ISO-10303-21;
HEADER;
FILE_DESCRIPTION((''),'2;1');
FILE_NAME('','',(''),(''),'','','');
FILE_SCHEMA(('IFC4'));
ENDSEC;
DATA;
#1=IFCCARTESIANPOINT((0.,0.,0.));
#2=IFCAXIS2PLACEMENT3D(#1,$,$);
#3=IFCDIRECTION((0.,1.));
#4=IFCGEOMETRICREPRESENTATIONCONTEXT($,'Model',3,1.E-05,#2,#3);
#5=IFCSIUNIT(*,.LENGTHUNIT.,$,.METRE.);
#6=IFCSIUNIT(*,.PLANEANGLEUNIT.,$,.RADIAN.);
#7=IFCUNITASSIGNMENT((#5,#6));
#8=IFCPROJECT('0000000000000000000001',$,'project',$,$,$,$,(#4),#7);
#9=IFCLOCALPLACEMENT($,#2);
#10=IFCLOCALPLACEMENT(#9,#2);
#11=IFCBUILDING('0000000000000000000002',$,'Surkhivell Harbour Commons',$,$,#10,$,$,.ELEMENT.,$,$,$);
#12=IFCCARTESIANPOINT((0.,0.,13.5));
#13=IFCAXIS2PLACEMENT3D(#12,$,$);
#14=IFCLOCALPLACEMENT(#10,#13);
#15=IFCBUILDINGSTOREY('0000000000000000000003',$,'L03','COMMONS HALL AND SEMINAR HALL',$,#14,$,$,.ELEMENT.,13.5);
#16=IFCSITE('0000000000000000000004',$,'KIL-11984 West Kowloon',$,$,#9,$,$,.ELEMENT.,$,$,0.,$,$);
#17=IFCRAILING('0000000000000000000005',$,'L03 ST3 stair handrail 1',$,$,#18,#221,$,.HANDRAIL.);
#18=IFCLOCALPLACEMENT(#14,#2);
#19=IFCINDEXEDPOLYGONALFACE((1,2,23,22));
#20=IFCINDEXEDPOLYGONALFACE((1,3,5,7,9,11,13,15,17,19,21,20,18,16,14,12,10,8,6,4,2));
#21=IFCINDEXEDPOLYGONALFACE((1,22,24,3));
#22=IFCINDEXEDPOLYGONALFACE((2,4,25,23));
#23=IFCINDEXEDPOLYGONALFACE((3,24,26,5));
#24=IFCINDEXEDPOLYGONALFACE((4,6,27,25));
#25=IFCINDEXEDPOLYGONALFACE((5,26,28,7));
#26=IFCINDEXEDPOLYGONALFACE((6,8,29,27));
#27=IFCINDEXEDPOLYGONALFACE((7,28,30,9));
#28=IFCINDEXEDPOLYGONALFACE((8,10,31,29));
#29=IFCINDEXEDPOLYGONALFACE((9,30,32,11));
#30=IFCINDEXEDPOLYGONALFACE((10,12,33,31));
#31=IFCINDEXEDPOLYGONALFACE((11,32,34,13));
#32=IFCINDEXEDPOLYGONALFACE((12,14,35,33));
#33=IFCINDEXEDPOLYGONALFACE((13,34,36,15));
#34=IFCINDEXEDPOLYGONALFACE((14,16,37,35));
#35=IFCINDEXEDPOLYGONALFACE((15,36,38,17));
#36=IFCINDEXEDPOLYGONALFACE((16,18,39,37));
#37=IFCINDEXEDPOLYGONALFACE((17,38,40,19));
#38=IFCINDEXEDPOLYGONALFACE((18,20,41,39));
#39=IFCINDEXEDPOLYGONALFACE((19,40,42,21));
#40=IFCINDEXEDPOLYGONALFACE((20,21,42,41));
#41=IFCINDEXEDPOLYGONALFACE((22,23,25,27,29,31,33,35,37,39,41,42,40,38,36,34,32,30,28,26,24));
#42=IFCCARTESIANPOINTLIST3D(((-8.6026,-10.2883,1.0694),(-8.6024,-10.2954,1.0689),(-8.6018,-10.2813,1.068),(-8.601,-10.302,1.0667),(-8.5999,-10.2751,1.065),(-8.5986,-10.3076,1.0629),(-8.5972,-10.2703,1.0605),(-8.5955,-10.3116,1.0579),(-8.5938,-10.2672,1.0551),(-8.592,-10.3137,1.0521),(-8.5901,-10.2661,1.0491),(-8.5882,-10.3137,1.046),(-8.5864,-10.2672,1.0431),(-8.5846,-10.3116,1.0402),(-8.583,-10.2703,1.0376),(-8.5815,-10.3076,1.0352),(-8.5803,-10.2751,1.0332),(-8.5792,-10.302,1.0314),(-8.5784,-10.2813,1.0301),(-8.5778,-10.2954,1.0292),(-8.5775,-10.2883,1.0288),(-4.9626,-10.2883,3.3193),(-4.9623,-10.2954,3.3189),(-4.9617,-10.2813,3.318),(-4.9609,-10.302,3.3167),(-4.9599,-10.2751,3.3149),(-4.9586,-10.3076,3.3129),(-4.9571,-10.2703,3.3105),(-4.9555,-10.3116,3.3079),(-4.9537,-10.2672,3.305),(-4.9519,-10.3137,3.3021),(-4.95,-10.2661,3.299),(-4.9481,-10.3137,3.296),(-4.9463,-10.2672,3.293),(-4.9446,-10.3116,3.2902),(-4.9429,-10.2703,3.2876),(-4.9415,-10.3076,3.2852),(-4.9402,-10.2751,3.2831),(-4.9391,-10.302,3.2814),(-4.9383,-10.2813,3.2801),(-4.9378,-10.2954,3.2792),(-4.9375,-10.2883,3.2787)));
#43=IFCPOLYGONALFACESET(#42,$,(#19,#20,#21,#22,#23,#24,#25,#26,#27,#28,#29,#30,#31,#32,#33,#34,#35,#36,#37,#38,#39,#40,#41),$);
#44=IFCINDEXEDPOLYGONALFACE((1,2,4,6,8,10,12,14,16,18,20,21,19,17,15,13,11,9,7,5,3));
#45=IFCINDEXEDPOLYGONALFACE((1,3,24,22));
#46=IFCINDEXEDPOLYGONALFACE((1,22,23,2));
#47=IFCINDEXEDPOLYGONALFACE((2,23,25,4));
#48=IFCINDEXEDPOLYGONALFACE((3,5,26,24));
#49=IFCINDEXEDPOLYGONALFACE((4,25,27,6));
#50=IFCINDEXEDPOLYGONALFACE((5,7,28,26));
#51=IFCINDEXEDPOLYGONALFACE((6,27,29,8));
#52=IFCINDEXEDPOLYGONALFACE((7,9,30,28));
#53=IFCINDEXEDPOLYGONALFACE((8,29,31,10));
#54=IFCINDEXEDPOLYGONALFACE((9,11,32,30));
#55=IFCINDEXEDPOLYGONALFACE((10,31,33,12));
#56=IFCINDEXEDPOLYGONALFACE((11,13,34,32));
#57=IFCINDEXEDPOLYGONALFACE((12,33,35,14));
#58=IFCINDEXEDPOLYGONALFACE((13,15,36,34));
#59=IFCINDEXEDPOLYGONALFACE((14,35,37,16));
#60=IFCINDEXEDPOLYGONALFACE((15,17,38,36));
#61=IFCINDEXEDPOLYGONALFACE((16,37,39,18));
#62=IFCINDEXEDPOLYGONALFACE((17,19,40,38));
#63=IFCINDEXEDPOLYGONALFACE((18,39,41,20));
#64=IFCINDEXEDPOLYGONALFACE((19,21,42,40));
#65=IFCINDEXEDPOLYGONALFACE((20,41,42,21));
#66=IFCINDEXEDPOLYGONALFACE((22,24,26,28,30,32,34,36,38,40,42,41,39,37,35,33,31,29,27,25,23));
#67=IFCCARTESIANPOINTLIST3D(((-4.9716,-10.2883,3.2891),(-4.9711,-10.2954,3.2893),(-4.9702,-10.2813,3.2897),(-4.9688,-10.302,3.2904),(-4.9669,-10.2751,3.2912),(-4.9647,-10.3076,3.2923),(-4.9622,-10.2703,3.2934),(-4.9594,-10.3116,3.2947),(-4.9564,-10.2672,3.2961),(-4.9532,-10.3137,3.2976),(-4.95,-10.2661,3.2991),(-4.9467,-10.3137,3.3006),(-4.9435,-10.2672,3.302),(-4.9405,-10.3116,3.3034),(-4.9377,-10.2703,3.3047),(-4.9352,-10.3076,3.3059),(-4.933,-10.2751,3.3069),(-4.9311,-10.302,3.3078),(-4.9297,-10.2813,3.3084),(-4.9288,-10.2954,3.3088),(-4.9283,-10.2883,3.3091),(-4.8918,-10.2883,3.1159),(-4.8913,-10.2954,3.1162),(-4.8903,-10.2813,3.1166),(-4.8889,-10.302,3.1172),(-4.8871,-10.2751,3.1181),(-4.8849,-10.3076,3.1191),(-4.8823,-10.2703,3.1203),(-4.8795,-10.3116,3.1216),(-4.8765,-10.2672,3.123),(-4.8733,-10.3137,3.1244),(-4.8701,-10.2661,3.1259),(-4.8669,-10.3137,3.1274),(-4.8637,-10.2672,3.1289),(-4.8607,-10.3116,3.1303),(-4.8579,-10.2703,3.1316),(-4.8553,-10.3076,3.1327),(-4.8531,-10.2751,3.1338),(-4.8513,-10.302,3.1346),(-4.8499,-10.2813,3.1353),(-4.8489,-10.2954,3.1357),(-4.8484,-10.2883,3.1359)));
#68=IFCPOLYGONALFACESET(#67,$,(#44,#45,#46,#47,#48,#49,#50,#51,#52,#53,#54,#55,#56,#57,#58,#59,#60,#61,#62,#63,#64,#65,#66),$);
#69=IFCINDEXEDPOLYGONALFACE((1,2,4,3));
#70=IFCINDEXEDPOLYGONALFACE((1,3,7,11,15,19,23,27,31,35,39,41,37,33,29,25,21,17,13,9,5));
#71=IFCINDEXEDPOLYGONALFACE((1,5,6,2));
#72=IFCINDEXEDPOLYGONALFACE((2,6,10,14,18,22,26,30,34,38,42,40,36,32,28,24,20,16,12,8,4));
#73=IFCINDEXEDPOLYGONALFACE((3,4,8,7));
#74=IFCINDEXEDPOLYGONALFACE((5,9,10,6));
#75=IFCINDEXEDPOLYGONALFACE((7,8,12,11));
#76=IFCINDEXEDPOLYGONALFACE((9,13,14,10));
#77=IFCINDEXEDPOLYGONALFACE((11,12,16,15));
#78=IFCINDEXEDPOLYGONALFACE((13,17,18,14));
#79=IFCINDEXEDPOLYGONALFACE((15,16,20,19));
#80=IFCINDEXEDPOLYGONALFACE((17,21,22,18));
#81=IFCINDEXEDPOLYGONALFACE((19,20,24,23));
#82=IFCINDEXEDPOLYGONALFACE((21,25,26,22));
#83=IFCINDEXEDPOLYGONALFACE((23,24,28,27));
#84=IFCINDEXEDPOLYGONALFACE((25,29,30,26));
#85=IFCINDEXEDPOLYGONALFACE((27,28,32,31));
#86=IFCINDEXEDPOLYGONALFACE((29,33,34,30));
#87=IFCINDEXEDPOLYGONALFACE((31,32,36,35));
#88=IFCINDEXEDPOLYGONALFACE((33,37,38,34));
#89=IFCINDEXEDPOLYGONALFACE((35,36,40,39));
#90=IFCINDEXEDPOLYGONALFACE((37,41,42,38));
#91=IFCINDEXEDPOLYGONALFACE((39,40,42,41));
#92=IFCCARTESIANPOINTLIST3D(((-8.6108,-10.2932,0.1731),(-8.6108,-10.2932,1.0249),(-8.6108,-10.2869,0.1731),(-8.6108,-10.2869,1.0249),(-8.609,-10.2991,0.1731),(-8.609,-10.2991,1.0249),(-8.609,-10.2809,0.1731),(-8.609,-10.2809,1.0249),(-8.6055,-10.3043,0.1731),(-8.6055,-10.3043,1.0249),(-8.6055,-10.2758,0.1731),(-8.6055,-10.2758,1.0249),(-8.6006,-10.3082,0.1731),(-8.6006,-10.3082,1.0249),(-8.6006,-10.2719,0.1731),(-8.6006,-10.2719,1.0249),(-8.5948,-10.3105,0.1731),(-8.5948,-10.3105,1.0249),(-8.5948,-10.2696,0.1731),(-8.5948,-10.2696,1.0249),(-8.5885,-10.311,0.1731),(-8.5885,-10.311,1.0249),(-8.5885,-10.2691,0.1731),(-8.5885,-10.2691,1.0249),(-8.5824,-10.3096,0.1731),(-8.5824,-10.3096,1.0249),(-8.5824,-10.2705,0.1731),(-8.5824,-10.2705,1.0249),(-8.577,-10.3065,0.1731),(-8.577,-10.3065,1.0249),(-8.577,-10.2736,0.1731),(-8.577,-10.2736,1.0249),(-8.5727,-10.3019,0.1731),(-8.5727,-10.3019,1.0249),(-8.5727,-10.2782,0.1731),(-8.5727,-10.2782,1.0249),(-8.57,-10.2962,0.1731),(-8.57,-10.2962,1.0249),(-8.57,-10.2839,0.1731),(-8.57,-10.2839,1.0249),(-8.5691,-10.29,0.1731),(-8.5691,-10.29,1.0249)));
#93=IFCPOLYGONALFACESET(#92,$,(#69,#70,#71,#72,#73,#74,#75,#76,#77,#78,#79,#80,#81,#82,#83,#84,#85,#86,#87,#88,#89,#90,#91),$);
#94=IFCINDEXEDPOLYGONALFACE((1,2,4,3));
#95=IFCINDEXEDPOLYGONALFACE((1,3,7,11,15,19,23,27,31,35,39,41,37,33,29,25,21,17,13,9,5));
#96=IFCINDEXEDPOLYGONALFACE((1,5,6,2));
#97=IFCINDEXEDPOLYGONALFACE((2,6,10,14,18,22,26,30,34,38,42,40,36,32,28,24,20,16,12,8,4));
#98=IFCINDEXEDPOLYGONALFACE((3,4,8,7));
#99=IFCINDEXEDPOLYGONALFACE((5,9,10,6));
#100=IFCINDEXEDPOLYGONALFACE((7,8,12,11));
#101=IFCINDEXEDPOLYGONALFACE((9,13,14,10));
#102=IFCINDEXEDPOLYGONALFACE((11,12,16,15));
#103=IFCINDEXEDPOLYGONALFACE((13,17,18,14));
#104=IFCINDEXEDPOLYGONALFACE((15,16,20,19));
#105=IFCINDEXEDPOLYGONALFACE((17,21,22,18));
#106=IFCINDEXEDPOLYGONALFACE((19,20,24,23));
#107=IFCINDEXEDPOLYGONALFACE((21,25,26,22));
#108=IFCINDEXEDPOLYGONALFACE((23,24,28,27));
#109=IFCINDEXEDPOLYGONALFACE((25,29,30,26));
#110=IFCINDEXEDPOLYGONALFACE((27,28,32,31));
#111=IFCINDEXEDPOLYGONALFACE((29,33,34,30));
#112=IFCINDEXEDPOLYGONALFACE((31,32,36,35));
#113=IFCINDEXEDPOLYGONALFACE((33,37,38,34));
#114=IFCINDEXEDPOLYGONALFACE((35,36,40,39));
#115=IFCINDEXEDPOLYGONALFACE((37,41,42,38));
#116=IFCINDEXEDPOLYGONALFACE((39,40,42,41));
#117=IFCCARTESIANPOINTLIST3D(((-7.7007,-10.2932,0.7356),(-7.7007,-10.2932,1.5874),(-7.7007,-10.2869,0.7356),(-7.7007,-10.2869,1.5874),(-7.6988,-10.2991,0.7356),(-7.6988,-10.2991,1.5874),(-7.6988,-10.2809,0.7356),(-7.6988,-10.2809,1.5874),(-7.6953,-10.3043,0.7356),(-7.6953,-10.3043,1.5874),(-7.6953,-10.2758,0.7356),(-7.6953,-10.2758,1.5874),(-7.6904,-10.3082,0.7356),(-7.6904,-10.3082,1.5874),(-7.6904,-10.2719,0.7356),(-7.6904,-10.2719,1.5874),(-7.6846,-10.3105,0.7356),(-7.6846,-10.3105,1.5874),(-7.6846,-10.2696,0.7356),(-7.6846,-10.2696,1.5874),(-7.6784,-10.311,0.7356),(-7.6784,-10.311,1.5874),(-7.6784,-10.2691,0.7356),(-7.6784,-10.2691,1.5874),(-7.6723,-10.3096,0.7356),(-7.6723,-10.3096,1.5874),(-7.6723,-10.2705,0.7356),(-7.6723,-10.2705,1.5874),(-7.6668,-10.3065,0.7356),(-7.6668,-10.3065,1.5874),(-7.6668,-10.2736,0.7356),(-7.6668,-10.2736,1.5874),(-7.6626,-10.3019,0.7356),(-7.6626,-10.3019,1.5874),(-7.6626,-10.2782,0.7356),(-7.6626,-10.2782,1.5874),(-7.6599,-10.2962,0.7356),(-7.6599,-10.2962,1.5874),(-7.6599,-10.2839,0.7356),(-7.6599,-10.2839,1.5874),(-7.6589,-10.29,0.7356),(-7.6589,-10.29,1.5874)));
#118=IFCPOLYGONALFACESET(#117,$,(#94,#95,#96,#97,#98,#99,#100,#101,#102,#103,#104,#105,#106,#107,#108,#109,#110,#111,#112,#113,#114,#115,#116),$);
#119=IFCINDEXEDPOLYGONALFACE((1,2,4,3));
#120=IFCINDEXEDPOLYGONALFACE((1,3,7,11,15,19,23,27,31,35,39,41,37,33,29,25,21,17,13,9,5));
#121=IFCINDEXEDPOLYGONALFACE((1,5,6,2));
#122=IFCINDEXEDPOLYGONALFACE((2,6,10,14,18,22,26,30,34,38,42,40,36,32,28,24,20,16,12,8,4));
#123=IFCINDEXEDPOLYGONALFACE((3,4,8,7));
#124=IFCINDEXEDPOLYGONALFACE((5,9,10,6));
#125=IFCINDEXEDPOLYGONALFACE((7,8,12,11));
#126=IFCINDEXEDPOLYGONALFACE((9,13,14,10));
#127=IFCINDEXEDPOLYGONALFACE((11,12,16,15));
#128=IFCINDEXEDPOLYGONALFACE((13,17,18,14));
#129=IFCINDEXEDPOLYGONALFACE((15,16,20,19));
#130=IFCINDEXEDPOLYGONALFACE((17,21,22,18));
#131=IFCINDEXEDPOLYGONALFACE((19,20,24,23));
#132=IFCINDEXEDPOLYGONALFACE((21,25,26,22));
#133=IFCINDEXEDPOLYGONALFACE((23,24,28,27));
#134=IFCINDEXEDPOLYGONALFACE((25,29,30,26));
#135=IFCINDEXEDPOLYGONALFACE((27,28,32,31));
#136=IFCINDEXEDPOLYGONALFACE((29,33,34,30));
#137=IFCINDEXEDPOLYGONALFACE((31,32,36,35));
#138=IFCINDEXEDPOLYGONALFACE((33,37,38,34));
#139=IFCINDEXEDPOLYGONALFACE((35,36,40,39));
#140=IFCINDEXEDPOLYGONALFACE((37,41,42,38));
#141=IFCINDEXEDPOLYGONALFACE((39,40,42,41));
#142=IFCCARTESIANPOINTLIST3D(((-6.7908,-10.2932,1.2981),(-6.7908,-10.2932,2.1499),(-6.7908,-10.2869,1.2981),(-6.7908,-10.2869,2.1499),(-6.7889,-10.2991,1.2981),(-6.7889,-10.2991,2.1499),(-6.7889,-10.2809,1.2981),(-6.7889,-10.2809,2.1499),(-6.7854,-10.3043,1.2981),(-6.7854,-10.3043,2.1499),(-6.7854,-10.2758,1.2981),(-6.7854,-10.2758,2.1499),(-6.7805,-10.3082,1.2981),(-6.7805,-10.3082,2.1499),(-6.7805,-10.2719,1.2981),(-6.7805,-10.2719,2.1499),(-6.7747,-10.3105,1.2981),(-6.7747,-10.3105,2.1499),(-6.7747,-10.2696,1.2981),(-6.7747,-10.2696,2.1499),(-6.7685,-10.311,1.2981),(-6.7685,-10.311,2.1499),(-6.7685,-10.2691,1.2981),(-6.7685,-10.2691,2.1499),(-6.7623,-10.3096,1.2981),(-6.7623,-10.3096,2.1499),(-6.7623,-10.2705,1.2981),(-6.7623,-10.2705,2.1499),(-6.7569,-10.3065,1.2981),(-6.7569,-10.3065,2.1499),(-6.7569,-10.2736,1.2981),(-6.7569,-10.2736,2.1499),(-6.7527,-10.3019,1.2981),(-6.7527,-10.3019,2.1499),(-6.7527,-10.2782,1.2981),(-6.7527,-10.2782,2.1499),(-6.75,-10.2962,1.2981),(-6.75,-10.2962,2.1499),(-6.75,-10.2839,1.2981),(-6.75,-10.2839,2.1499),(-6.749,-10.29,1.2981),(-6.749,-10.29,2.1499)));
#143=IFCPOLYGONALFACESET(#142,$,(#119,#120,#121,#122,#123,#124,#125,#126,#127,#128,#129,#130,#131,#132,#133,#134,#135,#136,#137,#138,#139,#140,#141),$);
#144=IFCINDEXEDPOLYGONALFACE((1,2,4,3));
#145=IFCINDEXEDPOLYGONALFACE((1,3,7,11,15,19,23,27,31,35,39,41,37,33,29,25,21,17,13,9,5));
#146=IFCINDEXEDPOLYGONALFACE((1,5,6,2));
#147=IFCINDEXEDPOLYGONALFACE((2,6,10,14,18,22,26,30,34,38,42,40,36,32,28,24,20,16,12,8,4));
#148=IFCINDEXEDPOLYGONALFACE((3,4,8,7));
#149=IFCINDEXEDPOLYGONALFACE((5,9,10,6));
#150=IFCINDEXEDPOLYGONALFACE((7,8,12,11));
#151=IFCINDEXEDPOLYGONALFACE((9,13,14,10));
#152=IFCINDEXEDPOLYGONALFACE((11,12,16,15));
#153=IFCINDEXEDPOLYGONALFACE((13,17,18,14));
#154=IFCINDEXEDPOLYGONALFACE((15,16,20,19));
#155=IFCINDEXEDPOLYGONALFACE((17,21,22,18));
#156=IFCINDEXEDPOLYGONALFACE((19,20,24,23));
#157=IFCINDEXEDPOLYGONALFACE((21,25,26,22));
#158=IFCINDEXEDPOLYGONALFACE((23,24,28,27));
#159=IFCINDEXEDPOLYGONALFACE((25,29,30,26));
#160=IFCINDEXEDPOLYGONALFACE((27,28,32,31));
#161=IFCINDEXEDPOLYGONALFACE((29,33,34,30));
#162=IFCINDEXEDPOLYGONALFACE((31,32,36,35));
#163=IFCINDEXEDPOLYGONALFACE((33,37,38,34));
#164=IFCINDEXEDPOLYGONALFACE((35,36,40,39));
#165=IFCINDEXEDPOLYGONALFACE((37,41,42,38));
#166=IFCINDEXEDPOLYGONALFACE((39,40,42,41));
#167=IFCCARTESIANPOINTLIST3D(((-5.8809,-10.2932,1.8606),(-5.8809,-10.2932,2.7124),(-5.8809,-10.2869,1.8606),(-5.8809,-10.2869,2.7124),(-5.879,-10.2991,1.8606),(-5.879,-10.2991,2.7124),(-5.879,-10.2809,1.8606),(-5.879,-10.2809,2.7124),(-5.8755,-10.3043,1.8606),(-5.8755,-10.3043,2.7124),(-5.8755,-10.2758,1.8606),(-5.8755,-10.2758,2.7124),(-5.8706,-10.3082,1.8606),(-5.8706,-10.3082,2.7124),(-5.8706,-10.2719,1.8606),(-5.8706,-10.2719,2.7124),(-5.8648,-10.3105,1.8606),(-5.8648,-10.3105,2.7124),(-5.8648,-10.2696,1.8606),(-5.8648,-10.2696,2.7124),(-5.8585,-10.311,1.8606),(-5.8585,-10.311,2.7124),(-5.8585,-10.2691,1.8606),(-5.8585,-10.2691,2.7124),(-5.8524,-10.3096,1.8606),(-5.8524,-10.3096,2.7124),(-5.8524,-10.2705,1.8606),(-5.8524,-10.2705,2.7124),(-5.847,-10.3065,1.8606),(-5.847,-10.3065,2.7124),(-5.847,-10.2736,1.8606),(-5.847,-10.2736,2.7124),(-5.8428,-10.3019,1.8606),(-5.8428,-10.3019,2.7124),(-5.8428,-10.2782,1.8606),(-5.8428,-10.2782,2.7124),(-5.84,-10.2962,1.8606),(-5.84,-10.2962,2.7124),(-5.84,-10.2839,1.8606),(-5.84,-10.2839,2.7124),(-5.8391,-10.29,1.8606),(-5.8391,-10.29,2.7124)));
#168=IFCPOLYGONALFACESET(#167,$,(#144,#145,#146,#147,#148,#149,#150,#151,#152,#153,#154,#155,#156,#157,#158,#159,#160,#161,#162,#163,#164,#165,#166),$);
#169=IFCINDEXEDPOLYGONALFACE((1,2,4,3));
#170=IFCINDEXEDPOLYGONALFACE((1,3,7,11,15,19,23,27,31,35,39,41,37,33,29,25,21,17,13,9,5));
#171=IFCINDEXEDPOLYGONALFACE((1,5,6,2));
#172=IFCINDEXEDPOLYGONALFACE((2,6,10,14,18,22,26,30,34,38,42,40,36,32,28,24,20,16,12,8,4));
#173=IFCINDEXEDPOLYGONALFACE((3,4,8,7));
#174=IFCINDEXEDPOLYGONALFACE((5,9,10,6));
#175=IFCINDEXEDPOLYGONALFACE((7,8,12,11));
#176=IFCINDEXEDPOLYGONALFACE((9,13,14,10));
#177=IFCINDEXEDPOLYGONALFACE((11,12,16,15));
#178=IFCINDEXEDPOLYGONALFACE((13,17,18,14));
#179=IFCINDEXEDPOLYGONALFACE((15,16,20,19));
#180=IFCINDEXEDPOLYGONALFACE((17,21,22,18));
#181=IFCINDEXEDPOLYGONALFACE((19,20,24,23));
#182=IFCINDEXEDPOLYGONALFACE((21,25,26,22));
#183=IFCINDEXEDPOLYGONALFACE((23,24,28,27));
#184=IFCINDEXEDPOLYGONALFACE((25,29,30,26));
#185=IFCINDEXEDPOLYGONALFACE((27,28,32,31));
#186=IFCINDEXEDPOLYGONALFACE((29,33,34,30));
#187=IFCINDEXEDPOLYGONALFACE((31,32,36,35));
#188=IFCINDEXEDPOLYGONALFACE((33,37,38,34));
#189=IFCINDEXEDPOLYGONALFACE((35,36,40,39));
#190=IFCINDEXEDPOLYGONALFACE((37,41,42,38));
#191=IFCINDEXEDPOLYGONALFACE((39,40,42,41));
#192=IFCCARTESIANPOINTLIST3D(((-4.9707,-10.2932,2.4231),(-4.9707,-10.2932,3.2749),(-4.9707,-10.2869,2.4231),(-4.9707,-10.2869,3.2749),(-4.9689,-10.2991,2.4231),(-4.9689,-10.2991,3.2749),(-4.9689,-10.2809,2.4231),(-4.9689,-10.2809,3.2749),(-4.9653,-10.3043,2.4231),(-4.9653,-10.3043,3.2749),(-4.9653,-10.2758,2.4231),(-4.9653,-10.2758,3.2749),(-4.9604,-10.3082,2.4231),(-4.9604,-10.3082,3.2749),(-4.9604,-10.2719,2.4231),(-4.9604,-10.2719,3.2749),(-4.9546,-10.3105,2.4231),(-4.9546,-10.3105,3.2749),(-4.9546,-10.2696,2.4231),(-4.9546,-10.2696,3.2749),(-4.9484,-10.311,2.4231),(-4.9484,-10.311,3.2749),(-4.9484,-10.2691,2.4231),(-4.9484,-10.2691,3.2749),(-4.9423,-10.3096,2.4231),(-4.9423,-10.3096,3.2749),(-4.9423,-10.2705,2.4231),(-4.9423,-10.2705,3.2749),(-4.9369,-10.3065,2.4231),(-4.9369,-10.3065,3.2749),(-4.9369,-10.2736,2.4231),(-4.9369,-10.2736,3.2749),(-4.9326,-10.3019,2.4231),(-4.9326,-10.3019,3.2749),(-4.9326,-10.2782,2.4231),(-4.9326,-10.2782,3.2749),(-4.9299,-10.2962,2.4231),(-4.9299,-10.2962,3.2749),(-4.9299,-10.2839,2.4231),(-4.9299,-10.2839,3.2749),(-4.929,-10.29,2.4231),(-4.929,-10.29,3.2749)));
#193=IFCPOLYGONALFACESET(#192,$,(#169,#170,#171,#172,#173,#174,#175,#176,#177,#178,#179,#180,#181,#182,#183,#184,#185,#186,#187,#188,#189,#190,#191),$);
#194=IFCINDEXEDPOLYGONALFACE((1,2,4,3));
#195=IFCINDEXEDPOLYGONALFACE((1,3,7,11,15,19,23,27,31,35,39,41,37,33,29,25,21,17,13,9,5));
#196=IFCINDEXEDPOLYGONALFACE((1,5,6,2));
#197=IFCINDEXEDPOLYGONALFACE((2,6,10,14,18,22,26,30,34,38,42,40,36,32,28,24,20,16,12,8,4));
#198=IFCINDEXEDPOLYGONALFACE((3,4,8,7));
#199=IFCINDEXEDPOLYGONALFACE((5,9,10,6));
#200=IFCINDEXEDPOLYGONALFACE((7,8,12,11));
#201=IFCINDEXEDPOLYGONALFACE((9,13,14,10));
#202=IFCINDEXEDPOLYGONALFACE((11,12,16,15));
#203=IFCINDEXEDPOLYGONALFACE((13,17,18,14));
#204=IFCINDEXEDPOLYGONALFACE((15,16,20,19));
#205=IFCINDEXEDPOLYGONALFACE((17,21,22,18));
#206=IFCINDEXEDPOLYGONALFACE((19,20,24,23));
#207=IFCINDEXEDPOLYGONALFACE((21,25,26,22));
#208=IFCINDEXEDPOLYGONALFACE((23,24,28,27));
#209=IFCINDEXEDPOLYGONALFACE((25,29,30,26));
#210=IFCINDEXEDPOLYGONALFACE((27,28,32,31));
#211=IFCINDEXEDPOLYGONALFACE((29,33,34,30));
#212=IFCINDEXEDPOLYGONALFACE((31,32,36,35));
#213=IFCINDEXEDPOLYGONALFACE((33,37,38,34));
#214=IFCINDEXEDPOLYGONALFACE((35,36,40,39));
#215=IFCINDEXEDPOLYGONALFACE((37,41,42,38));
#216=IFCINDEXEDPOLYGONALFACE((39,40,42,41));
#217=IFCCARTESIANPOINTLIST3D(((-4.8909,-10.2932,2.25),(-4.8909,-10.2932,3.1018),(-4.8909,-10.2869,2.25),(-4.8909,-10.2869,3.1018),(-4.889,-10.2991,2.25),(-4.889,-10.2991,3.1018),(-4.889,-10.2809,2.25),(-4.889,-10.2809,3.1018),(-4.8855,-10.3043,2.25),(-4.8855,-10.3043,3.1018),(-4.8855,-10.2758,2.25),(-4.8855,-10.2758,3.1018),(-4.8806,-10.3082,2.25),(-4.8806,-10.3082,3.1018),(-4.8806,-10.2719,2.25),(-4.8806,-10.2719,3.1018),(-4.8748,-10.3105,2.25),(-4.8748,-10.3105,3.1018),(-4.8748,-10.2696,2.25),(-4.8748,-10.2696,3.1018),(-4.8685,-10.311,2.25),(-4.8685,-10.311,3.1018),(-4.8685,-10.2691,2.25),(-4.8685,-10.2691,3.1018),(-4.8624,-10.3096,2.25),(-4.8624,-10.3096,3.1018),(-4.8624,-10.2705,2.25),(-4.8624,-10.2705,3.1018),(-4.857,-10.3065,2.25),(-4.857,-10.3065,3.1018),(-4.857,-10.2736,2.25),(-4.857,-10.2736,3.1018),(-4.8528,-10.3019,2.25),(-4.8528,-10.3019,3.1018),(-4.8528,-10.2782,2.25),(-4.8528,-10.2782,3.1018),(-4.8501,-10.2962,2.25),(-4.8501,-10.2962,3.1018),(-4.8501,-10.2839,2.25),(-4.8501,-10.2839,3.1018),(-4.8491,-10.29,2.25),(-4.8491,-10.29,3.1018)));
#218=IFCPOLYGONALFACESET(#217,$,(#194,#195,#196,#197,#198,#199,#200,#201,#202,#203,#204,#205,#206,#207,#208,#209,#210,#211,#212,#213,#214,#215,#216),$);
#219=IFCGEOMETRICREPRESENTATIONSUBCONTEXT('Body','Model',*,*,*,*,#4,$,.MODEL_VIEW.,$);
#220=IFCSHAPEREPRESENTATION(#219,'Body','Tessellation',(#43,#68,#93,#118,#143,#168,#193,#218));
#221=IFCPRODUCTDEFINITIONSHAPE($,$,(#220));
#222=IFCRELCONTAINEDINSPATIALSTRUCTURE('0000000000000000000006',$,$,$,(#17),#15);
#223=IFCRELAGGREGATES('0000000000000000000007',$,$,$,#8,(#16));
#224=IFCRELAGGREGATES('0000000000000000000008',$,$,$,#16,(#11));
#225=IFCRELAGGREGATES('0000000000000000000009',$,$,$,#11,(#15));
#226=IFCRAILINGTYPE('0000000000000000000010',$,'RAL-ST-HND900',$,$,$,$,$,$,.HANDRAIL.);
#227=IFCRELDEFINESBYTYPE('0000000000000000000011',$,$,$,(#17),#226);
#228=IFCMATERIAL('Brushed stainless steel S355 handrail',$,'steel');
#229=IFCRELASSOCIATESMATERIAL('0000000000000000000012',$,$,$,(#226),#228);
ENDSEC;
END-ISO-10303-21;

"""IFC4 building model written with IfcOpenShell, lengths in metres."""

from ifc_helpers import new_model, si_unit, direction, frame, origin, origin_2d, place, context, subcontext, project, spatial, circle, extrude, material, type_object, element, save


model = new_model("IFC4")

# Units and contexts
model_context = context("Model", 3, precision=1e-05, world=origin(), true_north=direction((0.0, 1.0)))
body_context = subcontext(model_context, "Body", "Model", "MODEL_VIEW")
ifc_project = project(units=[si_unit("LENGTHUNIT", "METRE"), si_unit("PLANEANGLEUNIT", "RADIAN")], contexts=[model_context])

# Site, building, storey
site_placement = place(None, origin())
site = spatial("IfcSite", under=ifc_project, at=site_placement, Name="KIL-11984 West Kowloon", CompositionType="ELEMENT", RefElevation=0.0)
building_placement = place(site_placement, origin())
building = spatial("IfcBuilding", under=site, at=building_placement, Name="Surkhivell Harbour Commons", CompositionType="ELEMENT")
storey_placement = place(building_placement, frame((0.0, 0.0, 13.5)))
storey = spatial("IfcBuildingStorey", under=building, at=storey_placement, Name="L03", Description="COMMONS HALL AND SEMINAR HALL", CompositionType="ELEMENT", Elevation=13.5)

# Railing
ifc_material_1 = material(Name="Brushed stainless steel S355 handrail", Category="steel")
railing_type_1 = type_object("IfcRailingType", Name="RAL-ST-HND900", PredefinedType="HANDRAIL", material=ifc_material_1)
railing_1_placement = place(storey_placement, frame((-8.5901, -10.29, 0.1731)))
element("IfcRailing", 1, at=railing_1_placement, inside=storey, type_object=railing_type_1, Name="L03 ST3 stair handrail 1", PredefinedType="HANDRAIL", context=body_context, shape_type="SweptSolid", body=[
    extrude(circle(Radius=0.0239, at=origin_2d()), frame((0.0, 0.0, 0.876), z_axis=(0.850622, 0.0, 0.525777), x_axis=(0.0, 1.0, 0.0)), (0.0, 0.0, 1.0), 4.2793),
    extrude(circle(Radius=0.0239, at=origin_2d()), frame((3.6401, 0.0, 3.126), z_axis=(0.418815, 0.0, -0.908072), x_axis=(0.0, 1.0, 0.0)), (0.0, 0.0, 1.0), 0.1907),
    extrude(circle(Radius=0.021, at=origin_2d()), origin(), (0.0, 0.0, 1.0), 0.8518),
    extrude(circle(Radius=0.021, at=origin_2d()), frame((0.9102, 0.0, 0.5625)), (0.0, 0.0, 1.0), 0.8518),
    extrude(circle(Radius=0.021, at=origin_2d()), frame((1.8201, 0.0, 1.125)), (0.0, 0.0, 1.0), 0.8518),
    extrude(circle(Radius=0.021, at=origin_2d()), frame((2.73, 0.0, 1.6875)), (0.0, 0.0, 1.0), 0.8518),
    extrude(circle(Radius=0.021, at=origin_2d()), frame((3.6401, 0.0, 2.25)), (0.0, 0.0, 1.0), 0.8518),
    extrude(circle(Radius=0.021, at=origin_2d()), frame((3.72, 0.0, 2.0769)), (0.0, 0.0, 1.0), 0.8518),
])

save(model, "model.ifc")
